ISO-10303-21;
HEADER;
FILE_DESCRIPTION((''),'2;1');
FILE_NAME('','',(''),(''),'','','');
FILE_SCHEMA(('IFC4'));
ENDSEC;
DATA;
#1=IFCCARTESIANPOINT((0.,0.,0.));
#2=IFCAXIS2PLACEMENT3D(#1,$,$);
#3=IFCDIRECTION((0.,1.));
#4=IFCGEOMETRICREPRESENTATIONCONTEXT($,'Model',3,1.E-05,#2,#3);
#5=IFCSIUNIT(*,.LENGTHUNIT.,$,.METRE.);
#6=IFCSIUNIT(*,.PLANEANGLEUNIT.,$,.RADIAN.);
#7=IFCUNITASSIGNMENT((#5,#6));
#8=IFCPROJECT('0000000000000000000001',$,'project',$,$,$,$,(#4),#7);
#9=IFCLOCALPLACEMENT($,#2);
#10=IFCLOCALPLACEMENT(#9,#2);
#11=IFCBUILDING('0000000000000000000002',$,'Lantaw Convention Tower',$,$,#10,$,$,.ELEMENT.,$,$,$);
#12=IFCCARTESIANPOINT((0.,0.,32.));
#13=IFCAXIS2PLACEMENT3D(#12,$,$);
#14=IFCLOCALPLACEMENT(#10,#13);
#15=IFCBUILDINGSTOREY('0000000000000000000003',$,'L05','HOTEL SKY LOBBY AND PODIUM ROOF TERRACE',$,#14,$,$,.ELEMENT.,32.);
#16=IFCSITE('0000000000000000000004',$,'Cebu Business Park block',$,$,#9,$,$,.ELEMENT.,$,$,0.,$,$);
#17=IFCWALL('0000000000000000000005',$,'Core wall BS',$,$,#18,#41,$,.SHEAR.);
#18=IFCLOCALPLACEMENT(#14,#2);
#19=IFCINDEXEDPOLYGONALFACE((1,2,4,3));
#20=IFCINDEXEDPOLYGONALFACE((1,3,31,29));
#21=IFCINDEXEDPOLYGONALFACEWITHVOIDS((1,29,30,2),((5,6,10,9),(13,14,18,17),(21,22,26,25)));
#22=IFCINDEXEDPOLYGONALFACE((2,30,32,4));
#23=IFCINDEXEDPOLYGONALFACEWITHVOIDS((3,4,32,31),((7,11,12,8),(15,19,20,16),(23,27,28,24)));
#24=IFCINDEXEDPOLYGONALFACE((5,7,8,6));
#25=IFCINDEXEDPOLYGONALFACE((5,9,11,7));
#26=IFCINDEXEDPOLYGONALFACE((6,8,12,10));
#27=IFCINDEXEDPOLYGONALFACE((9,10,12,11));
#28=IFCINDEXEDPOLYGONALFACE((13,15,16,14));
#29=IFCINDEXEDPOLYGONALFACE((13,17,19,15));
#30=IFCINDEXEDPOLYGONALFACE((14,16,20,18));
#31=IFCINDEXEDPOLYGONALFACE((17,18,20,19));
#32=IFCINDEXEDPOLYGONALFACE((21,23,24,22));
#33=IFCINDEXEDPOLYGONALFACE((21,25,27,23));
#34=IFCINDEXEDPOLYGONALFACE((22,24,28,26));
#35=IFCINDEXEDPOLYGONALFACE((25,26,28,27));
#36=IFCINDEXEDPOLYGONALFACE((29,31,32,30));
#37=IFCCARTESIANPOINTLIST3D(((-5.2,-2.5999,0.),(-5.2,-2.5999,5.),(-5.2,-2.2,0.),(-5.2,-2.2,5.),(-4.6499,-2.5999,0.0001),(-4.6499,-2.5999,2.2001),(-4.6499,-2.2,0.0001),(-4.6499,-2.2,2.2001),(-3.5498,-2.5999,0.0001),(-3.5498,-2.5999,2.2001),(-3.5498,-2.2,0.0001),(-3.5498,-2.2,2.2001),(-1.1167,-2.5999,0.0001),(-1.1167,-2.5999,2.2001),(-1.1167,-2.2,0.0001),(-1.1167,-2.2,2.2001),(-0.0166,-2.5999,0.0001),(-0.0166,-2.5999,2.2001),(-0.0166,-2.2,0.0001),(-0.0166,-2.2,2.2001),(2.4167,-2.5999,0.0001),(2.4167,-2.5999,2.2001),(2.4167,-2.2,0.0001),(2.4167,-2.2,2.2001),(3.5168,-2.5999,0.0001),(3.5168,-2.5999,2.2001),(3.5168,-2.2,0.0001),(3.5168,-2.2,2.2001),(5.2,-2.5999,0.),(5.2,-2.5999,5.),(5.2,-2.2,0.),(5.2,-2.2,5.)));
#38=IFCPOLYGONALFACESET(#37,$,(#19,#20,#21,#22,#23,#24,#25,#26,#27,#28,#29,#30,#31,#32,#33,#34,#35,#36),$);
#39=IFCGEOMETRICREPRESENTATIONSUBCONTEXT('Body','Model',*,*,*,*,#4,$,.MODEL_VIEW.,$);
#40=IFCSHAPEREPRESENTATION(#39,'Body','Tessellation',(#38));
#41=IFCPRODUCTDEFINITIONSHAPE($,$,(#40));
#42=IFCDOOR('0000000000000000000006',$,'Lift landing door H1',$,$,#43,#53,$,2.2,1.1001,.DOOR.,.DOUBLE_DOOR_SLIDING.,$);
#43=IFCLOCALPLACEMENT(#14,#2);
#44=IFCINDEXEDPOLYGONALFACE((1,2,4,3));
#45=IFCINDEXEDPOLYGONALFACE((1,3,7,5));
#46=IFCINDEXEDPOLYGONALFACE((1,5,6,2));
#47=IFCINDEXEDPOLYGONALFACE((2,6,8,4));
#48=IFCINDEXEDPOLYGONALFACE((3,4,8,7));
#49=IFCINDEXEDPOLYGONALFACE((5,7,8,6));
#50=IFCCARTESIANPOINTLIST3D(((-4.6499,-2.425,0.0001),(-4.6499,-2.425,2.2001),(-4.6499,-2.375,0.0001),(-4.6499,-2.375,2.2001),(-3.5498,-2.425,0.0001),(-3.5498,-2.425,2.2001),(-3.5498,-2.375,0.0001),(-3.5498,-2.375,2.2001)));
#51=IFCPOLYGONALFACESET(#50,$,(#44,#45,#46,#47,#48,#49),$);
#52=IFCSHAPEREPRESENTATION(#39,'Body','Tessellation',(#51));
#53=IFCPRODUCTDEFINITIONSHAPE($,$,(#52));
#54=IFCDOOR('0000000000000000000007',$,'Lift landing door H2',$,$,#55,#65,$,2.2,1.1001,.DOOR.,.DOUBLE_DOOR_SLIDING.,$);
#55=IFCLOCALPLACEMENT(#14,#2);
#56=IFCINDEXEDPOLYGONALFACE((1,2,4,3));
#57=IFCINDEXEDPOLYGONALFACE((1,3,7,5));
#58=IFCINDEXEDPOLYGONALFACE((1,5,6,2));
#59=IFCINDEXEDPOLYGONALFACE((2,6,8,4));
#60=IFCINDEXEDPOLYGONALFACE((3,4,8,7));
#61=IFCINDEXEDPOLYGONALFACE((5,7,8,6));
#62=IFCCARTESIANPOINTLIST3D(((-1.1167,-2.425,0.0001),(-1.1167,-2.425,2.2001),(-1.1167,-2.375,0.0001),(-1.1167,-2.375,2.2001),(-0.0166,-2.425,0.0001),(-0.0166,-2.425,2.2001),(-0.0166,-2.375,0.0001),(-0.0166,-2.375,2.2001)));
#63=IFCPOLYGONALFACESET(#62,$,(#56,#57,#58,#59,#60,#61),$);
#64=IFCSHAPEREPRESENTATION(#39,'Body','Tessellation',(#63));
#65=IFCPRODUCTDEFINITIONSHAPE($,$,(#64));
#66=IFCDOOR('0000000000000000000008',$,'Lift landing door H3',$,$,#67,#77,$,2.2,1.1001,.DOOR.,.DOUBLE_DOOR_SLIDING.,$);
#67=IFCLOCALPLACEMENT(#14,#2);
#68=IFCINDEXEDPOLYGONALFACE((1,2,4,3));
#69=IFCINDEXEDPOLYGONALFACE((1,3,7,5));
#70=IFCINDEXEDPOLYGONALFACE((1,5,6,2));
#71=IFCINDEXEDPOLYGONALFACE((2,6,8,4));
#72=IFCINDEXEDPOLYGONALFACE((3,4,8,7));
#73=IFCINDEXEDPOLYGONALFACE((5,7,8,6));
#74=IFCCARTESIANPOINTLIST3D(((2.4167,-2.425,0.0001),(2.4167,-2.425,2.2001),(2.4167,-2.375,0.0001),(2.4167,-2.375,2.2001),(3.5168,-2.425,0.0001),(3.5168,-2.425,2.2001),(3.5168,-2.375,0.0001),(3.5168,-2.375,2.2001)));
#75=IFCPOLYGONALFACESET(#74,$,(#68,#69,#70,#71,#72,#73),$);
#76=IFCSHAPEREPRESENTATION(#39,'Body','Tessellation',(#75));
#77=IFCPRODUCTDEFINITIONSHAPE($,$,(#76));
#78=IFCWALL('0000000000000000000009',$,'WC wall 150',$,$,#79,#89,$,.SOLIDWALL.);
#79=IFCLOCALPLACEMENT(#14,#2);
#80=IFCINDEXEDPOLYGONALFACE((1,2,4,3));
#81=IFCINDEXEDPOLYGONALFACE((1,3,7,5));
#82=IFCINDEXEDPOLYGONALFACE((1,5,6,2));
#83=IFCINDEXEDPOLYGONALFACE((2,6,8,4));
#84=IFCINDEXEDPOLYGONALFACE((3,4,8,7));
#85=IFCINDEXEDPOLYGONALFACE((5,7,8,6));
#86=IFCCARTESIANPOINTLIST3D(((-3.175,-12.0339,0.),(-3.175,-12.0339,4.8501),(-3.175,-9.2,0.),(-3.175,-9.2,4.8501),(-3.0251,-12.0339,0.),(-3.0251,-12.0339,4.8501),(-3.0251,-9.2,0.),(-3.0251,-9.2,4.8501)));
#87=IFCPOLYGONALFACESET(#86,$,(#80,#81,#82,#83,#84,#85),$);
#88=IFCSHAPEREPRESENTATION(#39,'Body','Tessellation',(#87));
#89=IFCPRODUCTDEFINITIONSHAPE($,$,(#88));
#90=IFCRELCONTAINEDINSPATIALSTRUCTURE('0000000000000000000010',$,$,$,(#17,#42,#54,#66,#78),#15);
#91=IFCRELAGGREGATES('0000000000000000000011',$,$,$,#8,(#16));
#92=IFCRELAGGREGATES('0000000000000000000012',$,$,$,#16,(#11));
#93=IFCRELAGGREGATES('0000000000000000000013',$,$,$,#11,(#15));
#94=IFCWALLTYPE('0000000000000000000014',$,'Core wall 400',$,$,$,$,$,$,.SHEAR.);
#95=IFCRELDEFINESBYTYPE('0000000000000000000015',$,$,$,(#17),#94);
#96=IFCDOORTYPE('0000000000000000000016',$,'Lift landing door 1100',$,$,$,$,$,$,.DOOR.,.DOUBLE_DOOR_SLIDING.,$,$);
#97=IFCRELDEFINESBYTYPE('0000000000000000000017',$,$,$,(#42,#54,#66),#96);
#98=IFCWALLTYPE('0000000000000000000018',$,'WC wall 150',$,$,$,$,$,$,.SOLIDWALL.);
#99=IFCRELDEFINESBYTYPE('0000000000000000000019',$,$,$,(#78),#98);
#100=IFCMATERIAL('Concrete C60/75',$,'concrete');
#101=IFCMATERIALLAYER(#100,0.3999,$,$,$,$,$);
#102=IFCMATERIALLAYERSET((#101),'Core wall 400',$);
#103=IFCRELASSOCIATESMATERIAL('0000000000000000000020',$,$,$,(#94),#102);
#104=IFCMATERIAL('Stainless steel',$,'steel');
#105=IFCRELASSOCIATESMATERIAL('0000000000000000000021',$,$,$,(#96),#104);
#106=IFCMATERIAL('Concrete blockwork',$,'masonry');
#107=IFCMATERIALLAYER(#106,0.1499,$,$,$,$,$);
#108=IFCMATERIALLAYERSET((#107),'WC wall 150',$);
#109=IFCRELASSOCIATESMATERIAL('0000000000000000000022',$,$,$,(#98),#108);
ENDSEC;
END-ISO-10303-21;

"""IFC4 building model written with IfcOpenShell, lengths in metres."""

from ifc_helpers import new_model, si_unit, direction, frame, frame_2d, origin, place, context, subcontext, project, spatial, rectangle, extrude, material, layer, layer_set, type_object, element, fill, save


model = new_model("IFC4")

# Units and contexts
model_context = context("Model", 3, precision=1e-05, world=origin(), true_north=direction((0.0, 1.0)))
body_context = subcontext(model_context, "Body", "Model", "MODEL_VIEW")
ifc_project = project(units=[si_unit("LENGTHUNIT", "METRE"), si_unit("PLANEANGLEUNIT", "RADIAN")], contexts=[model_context])

# Site, building, storey
site_placement = place(None, origin())
site = spatial("IfcSite", under=ifc_project, at=site_placement, Name="Cebu Business Park block", CompositionType="ELEMENT", RefElevation=0.0)
building_placement = place(site_placement, origin())
building = spatial("IfcBuilding", under=site, at=building_placement, Name="Lantaw Convention Tower", CompositionType="ELEMENT")
storey_placement = place(building_placement, frame((0.0, 0.0, 32.0)))
storey = spatial("IfcBuildingStorey", under=building, at=storey_placement, Name="L05", Description="HOTEL SKY LOBBY AND PODIUM ROOF TERRACE", CompositionType="ELEMENT", Elevation=32.0)

# Shared definitions
ifc_material_1 = material(Name="Concrete C60/75", Category="concrete")

# Wall, openings, doors
ifc_layer_1 = layer(ifc_material_1, 0.3999)
ifc_layer_set_1 = layer_set([ifc_layer_1], Name="Core wall 400")
wall_type_1 = type_object("IfcWallType", Name="Core wall 400", PredefinedType="SHEAR", material=ifc_layer_set_1)
wall_1_placement = place(storey_placement, frame((-5.2, -2.3999, 0.0), z_axis=(0.0, 0.0, 1.0), x_axis=(1.0, 0.0, 0.0)))
wall_1 = element("IfcWall", 1, at=wall_1_placement, inside=storey, type_object=wall_type_1, Name="Core wall BS", PredefinedType="SHEAR", context=body_context, shape_type="SweptSolid", body=[
    extrude(rectangle(XDim=10.3999, YDim=0.3999, at=frame_2d((5.2, 0.0))), origin(), (0.0, 0.0, 1.0), 5.0),
])
opening_1_placement = place(wall_1_placement, frame((0.55, 0.0, 0.0)))
opening_1 = element("IfcOpeningElement", 2, at=opening_1_placement, cuts=wall_1, PredefinedType="OPENING", context=body_context, shape_type="SweptSolid", body=[
    extrude(rectangle(XDim=1.1001, YDim=2.2, at=frame_2d((0.55, 1.1001))), frame((0.0, 0.21, 0.0), z_axis=(0.0, -1.0, 0.0), x_axis=(1.0, 0.0, 0.0)), (0.0, 0.0, 1.0), 0.4199),
])
opening_2_placement = place(wall_1_placement, frame((4.0833, 0.0, 0.0)))
opening_2 = element("IfcOpeningElement", 3, at=opening_2_placement, cuts=wall_1, PredefinedType="OPENING", context=body_context, shape_type="SweptSolid", body=[
    extrude(rectangle(XDim=1.1001, YDim=2.2, at=frame_2d((0.55, 1.1001))), frame((0.0, 0.21, 0.0), z_axis=(0.0, -1.0, 0.0), x_axis=(1.0, 0.0, 0.0)), (0.0, 0.0, 1.0), 0.4199),
])
opening_3_placement = place(wall_1_placement, frame((7.6167, 0.0, 0.0)))
opening_3 = element("IfcOpeningElement", 4, at=opening_3_placement, cuts=wall_1, PredefinedType="OPENING", context=body_context, shape_type="SweptSolid", body=[
    extrude(rectangle(XDim=1.1001, YDim=2.2, at=frame_2d((0.55, 1.1001))), frame((0.0, 0.21, 0.0), z_axis=(0.0, -1.0, 0.0), x_axis=(1.0, 0.0, 0.0)), (0.0, 0.0, 1.0), 0.4199),
])
ifc_material_2 = material(Name="Stainless steel", Category="steel")
door_type_1 = type_object("IfcDoorType", Name="Lift landing door 1100", OperationType="DOUBLE_DOOR_SLIDING", PredefinedType="DOOR", material=ifc_material_2)
door_1_placement = place(opening_1_placement, origin())
door_1 = element("IfcDoor", 5, at=door_1_placement, inside=storey, type_object=door_type_1, Name="Lift landing door H1", OperationType="DOUBLE_DOOR_SLIDING", OverallHeight=2.2, OverallWidth=1.1001, PredefinedType="DOOR", context=body_context, shape_type="SweptSolid", body=[
    extrude(rectangle(XDim=1.1001, YDim=2.2, at=frame_2d((0.55, 1.1001))), frame((0.0, 0.0249, 0.0), z_axis=(0.0, -1.0, 0.0), x_axis=(1.0, 0.0, 0.0)), (0.0, 0.0, 1.0), 0.05),
])
fill(opening_1, door_1)
door_2_placement = place(opening_2_placement, origin())
door_2 = element("IfcDoor", 6, at=door_2_placement, inside=storey, type_object=door_type_1, Name="Lift landing door H2", OperationType="DOUBLE_DOOR_SLIDING", OverallHeight=2.2, OverallWidth=1.1001, PredefinedType="DOOR", context=body_context, shape_type="SweptSolid", body=[
    extrude(rectangle(XDim=1.1001, YDim=2.2, at=frame_2d((0.55, 1.1001))), frame((0.0, 0.0249, 0.0), z_axis=(0.0, -1.0, 0.0), x_axis=(1.0, 0.0, 0.0)), (0.0, 0.0, 1.0), 0.05),
])
fill(opening_2, door_2)
door_3_placement = place(opening_3_placement, origin())
door_3 = element("IfcDoor", 7, at=door_3_placement, inside=storey, type_object=door_type_1, Name="Lift landing door H3", OperationType="DOUBLE_DOOR_SLIDING", OverallHeight=2.2, OverallWidth=1.1001, PredefinedType="DOOR", context=body_context, shape_type="SweptSolid", body=[
    extrude(rectangle(XDim=1.1001, YDim=2.2, at=frame_2d((0.55, 1.1001))), frame((0.0, 0.0249, 0.0), z_axis=(0.0, -1.0, 0.0), x_axis=(1.0, 0.0, 0.0)), (0.0, 0.0, 1.0), 0.05),
])
fill(opening_3, door_3)

# Wall
ifc_material_3 = material(Name="Concrete blockwork", Category="masonry")
ifc_layer_2 = layer(ifc_material_3, 0.1499)
ifc_layer_set_2 = layer_set([ifc_layer_2], Name="WC wall 150")
wall_type_2 = type_object("IfcWallType", Name="WC wall 150", PredefinedType="SOLIDWALL", material=ifc_layer_set_2)
wall_2_placement = place(storey_placement, frame((-3.1001, -9.2, 0.0), z_axis=(0.0, 0.0, 1.0), x_axis=(0.0, -1.0, 0.0)))
element("IfcWall", 8, at=wall_2_placement, inside=storey, type_object=wall_type_2, Name="WC wall 150", PredefinedType="SOLIDWALL", context=body_context, shape_type="SweptSolid", body=[
    extrude(rectangle(XDim=2.834, YDim=0.1499, at=frame_2d((1.417, 0.0))), origin(), (0.0, 0.0, 1.0), 4.8501),
])

save(model, "model.ifc")
